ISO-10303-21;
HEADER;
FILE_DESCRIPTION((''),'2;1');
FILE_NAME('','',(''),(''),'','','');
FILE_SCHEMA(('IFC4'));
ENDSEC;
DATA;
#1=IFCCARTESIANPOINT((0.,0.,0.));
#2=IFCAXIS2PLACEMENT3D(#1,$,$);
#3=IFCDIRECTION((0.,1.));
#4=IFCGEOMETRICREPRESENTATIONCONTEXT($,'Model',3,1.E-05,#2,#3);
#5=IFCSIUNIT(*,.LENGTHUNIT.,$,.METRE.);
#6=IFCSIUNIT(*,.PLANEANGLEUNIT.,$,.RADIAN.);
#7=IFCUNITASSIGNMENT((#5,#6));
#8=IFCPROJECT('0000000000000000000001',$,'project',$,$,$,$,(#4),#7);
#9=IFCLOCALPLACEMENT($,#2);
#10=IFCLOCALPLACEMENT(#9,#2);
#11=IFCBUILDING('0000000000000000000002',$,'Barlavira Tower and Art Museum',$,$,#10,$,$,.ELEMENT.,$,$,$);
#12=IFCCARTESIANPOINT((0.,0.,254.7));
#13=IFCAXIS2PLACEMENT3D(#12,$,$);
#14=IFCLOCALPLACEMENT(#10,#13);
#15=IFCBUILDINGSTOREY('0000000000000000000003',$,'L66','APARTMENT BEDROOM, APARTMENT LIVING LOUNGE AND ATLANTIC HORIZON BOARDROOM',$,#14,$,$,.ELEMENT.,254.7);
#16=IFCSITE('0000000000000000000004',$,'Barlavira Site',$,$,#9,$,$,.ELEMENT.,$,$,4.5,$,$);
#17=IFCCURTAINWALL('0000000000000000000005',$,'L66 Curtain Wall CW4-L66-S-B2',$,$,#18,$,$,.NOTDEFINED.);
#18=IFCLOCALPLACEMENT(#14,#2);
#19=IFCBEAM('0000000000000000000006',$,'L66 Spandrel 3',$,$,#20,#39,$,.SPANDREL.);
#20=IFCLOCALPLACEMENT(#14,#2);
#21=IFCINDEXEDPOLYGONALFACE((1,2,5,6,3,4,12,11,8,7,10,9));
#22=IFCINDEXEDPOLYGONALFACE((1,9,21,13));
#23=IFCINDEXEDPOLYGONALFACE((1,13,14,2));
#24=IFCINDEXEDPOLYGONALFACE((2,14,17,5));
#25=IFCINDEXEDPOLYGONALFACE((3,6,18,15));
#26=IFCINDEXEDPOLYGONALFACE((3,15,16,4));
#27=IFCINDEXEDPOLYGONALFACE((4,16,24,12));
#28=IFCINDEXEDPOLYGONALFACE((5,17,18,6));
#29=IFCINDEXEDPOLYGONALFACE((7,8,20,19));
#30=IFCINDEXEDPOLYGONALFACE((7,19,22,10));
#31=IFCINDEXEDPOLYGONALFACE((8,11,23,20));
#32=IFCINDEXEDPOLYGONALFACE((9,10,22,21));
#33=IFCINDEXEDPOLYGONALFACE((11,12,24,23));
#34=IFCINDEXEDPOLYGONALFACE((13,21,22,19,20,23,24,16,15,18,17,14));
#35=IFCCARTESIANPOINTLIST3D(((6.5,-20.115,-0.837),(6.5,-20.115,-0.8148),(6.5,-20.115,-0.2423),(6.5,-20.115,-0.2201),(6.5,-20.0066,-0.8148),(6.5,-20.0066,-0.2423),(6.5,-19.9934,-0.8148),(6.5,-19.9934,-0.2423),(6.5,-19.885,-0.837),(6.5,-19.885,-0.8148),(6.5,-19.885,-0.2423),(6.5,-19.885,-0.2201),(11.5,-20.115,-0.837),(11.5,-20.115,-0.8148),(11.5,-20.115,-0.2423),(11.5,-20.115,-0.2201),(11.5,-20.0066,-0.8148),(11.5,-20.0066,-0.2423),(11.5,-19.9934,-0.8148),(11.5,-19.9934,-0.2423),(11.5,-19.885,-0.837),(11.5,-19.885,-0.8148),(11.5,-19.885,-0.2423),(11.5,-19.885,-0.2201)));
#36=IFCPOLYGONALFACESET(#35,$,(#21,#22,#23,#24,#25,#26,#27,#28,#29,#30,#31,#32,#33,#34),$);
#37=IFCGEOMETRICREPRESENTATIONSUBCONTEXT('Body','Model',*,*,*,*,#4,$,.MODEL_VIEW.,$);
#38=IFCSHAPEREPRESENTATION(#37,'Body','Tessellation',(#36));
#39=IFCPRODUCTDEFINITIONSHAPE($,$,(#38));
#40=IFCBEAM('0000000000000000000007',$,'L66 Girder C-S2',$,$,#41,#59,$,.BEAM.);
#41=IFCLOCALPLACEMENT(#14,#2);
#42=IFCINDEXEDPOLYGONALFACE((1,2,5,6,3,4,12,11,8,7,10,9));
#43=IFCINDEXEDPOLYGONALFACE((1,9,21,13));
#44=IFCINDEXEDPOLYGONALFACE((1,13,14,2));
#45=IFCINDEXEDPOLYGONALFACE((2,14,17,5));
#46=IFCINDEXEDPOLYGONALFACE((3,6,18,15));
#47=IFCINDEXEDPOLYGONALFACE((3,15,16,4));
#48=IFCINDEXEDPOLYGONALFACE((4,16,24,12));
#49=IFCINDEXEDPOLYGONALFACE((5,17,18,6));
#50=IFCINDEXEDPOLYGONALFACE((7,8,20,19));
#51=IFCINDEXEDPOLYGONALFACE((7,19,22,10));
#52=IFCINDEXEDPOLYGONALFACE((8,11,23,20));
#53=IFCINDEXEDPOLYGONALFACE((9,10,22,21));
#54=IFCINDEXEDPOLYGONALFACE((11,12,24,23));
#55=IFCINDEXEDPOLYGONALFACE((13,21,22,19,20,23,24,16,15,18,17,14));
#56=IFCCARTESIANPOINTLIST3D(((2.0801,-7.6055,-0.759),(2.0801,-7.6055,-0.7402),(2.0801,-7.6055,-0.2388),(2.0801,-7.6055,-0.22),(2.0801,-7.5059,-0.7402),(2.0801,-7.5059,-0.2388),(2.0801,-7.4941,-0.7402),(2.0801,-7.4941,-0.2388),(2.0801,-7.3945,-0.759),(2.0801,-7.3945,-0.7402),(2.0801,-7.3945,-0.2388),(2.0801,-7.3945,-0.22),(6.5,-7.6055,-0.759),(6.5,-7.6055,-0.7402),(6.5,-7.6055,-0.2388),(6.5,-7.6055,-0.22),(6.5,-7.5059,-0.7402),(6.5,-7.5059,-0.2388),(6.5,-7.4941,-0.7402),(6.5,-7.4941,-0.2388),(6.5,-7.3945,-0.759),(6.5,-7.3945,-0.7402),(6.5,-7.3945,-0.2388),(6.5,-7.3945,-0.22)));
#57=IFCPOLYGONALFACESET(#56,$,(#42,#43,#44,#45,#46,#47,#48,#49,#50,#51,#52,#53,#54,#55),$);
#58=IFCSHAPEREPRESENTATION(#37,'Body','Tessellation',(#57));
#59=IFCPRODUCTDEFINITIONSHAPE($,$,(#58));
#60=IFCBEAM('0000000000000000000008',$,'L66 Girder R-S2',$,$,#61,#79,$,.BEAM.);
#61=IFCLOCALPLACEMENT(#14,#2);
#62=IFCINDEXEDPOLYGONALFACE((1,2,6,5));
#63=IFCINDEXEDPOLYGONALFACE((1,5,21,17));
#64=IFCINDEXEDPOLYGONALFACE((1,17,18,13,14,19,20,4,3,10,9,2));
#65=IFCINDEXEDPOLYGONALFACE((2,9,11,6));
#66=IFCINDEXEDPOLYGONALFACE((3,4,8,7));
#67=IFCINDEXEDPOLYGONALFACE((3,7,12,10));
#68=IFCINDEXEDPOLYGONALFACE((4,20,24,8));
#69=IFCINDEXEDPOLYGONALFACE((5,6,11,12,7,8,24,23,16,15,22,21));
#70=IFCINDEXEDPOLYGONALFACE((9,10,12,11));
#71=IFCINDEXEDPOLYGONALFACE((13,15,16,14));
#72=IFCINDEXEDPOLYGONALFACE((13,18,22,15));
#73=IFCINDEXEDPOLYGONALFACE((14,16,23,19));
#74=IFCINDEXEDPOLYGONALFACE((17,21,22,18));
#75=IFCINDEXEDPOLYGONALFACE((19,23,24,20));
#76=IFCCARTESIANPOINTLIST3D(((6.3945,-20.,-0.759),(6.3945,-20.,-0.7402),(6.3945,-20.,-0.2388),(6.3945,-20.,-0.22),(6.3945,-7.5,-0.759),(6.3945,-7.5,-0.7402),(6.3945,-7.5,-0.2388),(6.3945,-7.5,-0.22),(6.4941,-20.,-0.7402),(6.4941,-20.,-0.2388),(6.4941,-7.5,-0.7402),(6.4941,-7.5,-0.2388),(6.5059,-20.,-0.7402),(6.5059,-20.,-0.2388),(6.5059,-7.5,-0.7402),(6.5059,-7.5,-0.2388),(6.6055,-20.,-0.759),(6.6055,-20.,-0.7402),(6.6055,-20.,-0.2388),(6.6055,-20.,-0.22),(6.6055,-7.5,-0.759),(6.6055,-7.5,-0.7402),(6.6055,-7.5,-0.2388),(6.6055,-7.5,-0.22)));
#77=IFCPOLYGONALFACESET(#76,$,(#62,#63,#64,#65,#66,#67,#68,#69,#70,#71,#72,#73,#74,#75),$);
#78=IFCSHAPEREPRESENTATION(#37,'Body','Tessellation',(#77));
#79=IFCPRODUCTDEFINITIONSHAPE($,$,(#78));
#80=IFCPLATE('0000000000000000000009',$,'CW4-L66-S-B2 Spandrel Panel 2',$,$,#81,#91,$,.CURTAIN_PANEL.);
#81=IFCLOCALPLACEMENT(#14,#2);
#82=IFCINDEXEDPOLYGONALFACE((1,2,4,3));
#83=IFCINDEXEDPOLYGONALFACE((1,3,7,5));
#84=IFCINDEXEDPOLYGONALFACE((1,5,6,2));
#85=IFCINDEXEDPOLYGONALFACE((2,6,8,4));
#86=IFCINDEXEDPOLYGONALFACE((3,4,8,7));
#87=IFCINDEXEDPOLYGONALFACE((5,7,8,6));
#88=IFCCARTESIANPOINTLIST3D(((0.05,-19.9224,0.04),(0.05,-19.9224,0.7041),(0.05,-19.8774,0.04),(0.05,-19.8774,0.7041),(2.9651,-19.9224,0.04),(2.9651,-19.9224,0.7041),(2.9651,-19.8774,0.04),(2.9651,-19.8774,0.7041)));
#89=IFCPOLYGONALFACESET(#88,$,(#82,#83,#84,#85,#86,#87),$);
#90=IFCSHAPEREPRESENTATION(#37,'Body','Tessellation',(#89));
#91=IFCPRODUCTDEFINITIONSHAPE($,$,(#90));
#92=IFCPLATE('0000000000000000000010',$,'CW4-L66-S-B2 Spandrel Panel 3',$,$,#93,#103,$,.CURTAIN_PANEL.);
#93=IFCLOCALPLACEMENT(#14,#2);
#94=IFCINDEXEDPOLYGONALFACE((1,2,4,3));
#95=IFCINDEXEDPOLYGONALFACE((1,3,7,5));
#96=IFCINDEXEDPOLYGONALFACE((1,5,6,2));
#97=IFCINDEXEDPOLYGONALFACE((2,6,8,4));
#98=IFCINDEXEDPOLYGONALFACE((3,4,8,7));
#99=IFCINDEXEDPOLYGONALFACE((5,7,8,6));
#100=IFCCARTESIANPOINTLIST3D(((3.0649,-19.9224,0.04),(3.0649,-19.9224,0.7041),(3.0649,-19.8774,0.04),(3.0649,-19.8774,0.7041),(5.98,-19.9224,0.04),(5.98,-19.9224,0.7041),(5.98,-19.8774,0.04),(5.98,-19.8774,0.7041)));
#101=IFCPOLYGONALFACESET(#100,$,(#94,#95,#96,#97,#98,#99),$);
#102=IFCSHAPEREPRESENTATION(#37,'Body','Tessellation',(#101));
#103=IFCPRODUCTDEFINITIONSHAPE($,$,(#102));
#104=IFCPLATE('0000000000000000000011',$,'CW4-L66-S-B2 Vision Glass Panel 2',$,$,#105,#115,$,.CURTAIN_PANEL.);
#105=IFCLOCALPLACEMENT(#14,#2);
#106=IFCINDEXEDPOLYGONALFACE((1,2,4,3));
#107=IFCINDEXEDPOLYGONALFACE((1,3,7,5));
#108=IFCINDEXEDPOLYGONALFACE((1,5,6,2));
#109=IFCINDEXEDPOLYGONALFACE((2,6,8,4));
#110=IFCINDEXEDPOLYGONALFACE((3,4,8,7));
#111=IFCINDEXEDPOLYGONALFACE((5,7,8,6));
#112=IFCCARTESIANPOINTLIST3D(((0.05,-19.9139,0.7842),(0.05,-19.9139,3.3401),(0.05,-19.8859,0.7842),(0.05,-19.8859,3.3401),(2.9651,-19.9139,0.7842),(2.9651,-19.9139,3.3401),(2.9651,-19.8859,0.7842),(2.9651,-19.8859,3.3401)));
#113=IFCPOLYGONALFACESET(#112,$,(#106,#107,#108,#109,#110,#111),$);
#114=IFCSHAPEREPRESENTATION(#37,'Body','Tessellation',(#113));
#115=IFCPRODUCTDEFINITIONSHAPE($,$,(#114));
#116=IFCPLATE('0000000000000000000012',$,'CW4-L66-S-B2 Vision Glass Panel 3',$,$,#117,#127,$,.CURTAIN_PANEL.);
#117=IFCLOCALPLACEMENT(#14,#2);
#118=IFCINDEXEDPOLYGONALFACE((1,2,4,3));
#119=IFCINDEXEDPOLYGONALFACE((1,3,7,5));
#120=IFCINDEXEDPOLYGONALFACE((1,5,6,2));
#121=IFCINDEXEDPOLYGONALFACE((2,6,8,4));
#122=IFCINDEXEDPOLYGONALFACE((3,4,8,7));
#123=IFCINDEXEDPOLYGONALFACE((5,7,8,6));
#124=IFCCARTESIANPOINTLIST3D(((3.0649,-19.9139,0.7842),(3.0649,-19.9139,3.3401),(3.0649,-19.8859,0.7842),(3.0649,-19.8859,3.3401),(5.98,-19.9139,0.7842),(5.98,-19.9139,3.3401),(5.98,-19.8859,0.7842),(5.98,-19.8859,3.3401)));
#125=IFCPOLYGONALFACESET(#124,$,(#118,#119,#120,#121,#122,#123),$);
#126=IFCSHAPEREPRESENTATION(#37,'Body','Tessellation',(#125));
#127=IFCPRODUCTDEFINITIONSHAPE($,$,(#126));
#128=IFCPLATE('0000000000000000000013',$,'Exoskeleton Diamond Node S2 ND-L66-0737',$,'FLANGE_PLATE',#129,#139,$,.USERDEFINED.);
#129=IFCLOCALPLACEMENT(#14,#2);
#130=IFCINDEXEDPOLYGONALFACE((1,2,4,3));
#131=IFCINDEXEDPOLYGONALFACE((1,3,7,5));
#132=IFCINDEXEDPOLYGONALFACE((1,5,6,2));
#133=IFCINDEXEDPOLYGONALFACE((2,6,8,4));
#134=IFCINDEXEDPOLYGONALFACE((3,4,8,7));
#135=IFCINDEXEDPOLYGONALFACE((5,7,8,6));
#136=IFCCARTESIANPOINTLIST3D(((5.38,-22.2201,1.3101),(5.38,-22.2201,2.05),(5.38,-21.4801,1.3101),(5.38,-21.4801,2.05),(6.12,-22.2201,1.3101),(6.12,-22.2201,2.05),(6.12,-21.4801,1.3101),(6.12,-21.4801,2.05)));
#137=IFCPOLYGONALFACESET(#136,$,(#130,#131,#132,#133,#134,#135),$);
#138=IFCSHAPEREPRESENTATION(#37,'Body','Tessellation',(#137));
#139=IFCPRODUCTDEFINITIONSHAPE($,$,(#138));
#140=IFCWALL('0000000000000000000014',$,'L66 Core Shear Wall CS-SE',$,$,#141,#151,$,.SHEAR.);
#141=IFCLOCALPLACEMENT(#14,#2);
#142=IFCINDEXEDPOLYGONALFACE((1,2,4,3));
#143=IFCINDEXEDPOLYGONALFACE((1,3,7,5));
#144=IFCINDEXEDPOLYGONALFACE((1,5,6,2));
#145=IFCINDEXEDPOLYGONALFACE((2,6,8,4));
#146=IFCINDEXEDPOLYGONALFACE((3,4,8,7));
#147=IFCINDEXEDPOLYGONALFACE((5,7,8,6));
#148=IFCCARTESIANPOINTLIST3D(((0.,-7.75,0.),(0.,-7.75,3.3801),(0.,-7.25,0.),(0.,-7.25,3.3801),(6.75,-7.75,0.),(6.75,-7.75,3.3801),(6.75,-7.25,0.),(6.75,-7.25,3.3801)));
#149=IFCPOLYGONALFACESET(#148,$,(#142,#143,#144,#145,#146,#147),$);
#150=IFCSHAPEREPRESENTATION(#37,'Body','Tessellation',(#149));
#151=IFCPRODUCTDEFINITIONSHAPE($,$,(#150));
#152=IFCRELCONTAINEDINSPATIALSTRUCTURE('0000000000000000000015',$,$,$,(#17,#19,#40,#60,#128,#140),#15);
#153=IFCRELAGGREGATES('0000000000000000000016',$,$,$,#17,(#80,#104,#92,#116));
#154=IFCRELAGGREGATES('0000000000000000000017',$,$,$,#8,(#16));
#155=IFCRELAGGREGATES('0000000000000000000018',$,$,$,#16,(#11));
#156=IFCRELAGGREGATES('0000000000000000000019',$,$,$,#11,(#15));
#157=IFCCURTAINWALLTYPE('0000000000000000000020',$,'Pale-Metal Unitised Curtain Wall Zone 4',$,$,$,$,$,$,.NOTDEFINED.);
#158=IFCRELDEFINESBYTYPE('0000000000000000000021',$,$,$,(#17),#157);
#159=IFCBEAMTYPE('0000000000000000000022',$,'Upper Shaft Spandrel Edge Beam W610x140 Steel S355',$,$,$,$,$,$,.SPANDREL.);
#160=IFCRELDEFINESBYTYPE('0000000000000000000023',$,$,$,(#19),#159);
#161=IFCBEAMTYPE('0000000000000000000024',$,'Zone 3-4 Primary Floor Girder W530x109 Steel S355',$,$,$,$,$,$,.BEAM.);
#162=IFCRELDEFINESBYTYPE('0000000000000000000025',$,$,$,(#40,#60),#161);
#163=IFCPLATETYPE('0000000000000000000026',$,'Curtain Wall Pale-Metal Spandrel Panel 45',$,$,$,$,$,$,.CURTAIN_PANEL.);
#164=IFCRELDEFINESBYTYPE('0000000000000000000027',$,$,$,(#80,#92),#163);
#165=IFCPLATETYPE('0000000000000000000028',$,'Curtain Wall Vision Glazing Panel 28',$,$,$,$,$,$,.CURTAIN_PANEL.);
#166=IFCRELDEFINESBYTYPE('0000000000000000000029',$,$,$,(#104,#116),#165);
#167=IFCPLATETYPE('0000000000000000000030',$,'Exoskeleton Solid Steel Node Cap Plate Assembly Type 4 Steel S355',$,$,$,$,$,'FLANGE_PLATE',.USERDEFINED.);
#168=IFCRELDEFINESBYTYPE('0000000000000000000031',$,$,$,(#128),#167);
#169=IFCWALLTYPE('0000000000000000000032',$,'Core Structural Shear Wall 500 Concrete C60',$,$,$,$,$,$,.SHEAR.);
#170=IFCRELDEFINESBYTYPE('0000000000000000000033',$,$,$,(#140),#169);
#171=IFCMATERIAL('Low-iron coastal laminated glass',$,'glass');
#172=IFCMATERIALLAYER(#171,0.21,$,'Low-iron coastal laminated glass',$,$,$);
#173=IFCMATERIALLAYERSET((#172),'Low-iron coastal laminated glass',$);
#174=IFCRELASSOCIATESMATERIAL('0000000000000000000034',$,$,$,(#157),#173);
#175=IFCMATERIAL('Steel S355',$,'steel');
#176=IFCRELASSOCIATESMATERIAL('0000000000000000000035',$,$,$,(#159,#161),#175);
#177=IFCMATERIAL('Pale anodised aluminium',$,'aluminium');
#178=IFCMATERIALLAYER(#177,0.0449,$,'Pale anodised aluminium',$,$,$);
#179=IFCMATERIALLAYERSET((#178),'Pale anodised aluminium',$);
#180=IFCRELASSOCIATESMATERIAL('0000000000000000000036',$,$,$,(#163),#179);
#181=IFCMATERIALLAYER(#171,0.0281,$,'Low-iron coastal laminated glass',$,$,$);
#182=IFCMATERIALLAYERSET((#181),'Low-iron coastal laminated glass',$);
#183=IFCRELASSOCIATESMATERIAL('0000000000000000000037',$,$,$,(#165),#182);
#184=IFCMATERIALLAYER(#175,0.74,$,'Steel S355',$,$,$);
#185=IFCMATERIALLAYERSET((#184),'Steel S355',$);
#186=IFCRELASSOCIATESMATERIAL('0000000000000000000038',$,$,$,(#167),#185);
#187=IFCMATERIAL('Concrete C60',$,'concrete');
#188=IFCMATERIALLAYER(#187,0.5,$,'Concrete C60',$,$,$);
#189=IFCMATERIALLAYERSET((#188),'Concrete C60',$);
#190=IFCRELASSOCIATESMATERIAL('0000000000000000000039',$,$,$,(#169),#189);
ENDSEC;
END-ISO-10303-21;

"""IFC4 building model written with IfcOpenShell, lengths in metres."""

from ifc_helpers import new_model, si_unit, direction, frame, frame_2d, origin, origin_2d, place, context, subcontext, project, spatial, rectangle, i_section, extrude, material, layer, layer_set, material_profile, profile_set, type_object, element, aggregate, save


model = new_model("IFC4")

# Units and contexts
model_context = context("Model", 3, precision=1e-05, world=origin(), true_north=direction((0.0, 1.0)))
body_context = subcontext(model_context, "Body", "Model", "MODEL_VIEW")
ifc_project = project(units=[si_unit("LENGTHUNIT", "METRE"), si_unit("PLANEANGLEUNIT", "RADIAN")], contexts=[model_context])

# Site, building, storey
site_placement = place(None, origin())
site = spatial("IfcSite", under=ifc_project, at=site_placement, Name="Barlavira Site", CompositionType="ELEMENT", RefElevation=4.5)
building_placement = place(site_placement, origin())
building = spatial("IfcBuilding", under=site, at=building_placement, Name="Barlavira Tower and Art Museum", CompositionType="ELEMENT")
storey_placement = place(building_placement, frame((0.0, 0.0, 254.7)))
storey = spatial("IfcBuildingStorey", under=building, at=storey_placement, Name="L66", Description="APARTMENT BEDROOM, APARTMENT LIVING LOUNGE AND ATLANTIC HORIZON BOARDROOM", CompositionType="ELEMENT", Elevation=254.7)

# Shared definitions
ifc_material_1 = material(Name="Steel S355", Category="steel")

# Curtain wall
ifc_material_2 = material(Name="Low-iron coastal laminated glass", Category="glass")
ifc_layer_1 = layer(ifc_material_2, 0.21, Name="Low-iron coastal laminated glass")
ifc_layer_set_1 = layer_set([ifc_layer_1], Name="Low-iron coastal laminated glass")
curtain_wall_type = type_object("IfcCurtainWallType", Name="Pale-Metal Unitised Curtain Wall Zone 4", PredefinedType="NOTDEFINED", material=ifc_layer_set_1)
curtain_wall_placement = place(storey_placement, origin())
curtain_wall = element("IfcCurtainWall", 1, at=curtain_wall_placement, inside=storey, type_object=curtain_wall_type, Name="L66 Curtain Wall CW4-L66-S-B2", PredefinedType="NOTDEFINED")
ifc_material_3 = material(Name="Pale anodised aluminium", Category="aluminium")

# Beams
ifc_material_profile_1 = material_profile(ifc_material_1, i_section(OverallWidth=0.23, OverallDepth=0.6169, WebThickness=0.0132, FlangeThickness=0.0222, at=origin_2d()), Name="W610x140.0")
ifc_profile_set_1 = profile_set([ifc_material_profile_1], Name="Steel S355")
beam_type_1 = type_object("IfcBeamType", Name="Upper Shaft Spandrel Edge Beam W610x140 Steel S355", PredefinedType="SPANDREL", material=ifc_profile_set_1)
beam_1_placement = place(storey_placement, frame((6.5, -20.0, -0.5286), z_axis=(1.0, 0.0, 0.0), x_axis=(0.0, 1.0, 0.0)))
element("IfcBeam", 2, at=beam_1_placement, inside=storey, type_object=beam_type_1, Name="L66 Spandrel 3", PredefinedType="SPANDREL", context=body_context, shape_type="SweptSolid", body=[
    extrude(i_section(OverallWidth=0.23, OverallDepth=0.6169, WebThickness=0.0132, FlangeThickness=0.0222, at=origin_2d()), origin(), (0.0, 0.0, 1.0), 5.0),
])
ifc_material_profile_2 = material_profile(ifc_material_1, i_section(OverallWidth=0.2109, OverallDepth=0.5391, WebThickness=0.0117, FlangeThickness=0.0188, at=origin_2d()), Name="W530x109.0")
ifc_profile_set_2 = profile_set([ifc_material_profile_2], Name="Steel S355")
beam_type_2 = type_object("IfcBeamType", Name="Zone 3-4 Primary Floor Girder W530x109 Steel S355", PredefinedType="BEAM", material=ifc_profile_set_2)
beam_2_placement = place(storey_placement, frame((2.0801, -7.5, -0.4895), z_axis=(1.0, 0.0, 0.0), x_axis=(0.0, 1.0, 0.0)))
element("IfcBeam", 3, at=beam_2_placement, inside=storey, type_object=beam_type_2, Name="L66 Girder C-S2", PredefinedType="BEAM", context=body_context, shape_type="SweptSolid", body=[
    extrude(i_section(OverallWidth=0.2109, OverallDepth=0.5391, WebThickness=0.0117, FlangeThickness=0.0188, at=origin_2d()), origin(), (0.0, 0.0, 1.0), 4.4199),
])
beam_3_placement = place(storey_placement, frame((6.5, -20.0, -0.4895), z_axis=(0.0, 1.0, 0.0), x_axis=(-1.0, 0.0, 0.0)))
element("IfcBeam", 4, at=beam_3_placement, inside=storey, type_object=beam_type_2, Name="L66 Girder R-S2", PredefinedType="BEAM", context=body_context, shape_type="SweptSolid", body=[
    extrude(i_section(OverallWidth=0.2109, OverallDepth=0.5391, WebThickness=0.0117, FlangeThickness=0.0188, at=origin_2d()), origin(), (0.0, 0.0, 1.0), 12.5),
])

# Plates
ifc_layer_2 = layer(ifc_material_3, 0.0449, Name="Pale anodised aluminium")
ifc_layer_set_2 = layer_set([ifc_layer_2], Name="Pale anodised aluminium")
plate_type_1 = type_object("IfcPlateType", Name="Curtain Wall Pale-Metal Spandrel Panel 45", PredefinedType="CURTAIN_PANEL", material=ifc_layer_set_2)
plate_1_placement = place(storey_placement, frame((1.5076, -19.8999, 0.04), z_axis=(0.0, 0.0, 1.0), x_axis=(1.0, 0.0, 0.0)))
plate_1 = element("IfcPlate", 5, at=plate_1_placement, type_object=plate_type_1, Name="CW4-L66-S-B2 Spandrel Panel 2", PredefinedType="CURTAIN_PANEL", context=body_context, shape_type="SweptSolid", body=[
    extrude(rectangle(XDim=2.915, YDim=0.0449, at=origin_2d()), origin(), (0.0, 0.0, 1.0), 0.6641),
])
plate_2_placement = place(storey_placement, frame((4.5225, -19.8999, 0.04), z_axis=(0.0, 0.0, 1.0), x_axis=(1.0, 0.0, 0.0)))
plate_2 = element("IfcPlate", 6, at=plate_2_placement, type_object=plate_type_1, Name="CW4-L66-S-B2 Spandrel Panel 3", PredefinedType="CURTAIN_PANEL", context=body_context, shape_type="SweptSolid", body=[
    extrude(rectangle(XDim=2.915, YDim=0.0449, at=origin_2d()), origin(), (0.0, 0.0, 1.0), 0.6641),
])
ifc_layer_3 = layer(ifc_material_2, 0.0281, Name="Low-iron coastal laminated glass")
ifc_layer_set_3 = layer_set([ifc_layer_3], Name="Low-iron coastal laminated glass")
plate_type_2 = type_object("IfcPlateType", Name="Curtain Wall Vision Glazing Panel 28", PredefinedType="CURTAIN_PANEL", material=ifc_layer_set_3)
plate_3_placement = place(storey_placement, frame((1.5076, -19.8999, 0.7842), z_axis=(0.0, 0.0, 1.0), x_axis=(1.0, 0.0, 0.0)))
plate_3 = element("IfcPlate", 7, at=plate_3_placement, type_object=plate_type_2, Name="CW4-L66-S-B2 Vision Glass Panel 2", PredefinedType="CURTAIN_PANEL", context=body_context, shape_type="SweptSolid", body=[
    extrude(rectangle(XDim=2.915, YDim=0.0281, at=origin_2d()), origin(), (0.0, 0.0, 1.0), 2.5559),
])
plate_4_placement = place(storey_placement, frame((4.5225, -19.8999, 0.7842), z_axis=(0.0, 0.0, 1.0), x_axis=(1.0, 0.0, 0.0)))
plate_4 = element("IfcPlate", 8, at=plate_4_placement, type_object=plate_type_2, Name="CW4-L66-S-B2 Vision Glass Panel 3", PredefinedType="CURTAIN_PANEL", context=body_context, shape_type="SweptSolid", body=[
    extrude(rectangle(XDim=2.915, YDim=0.0281, at=origin_2d()), origin(), (0.0, 0.0, 1.0), 2.5559),
])
aggregate(curtain_wall, [plate_1, plate_3, plate_2, plate_4])
ifc_layer_4 = layer(ifc_material_1, 0.74, Name="Steel S355")
ifc_layer_set_4 = layer_set([ifc_layer_4], Name="Steel S355")
plate_type_3 = type_object("IfcPlateType", Name="Exoskeleton Solid Steel Node Cap Plate Assembly Type 4 Steel S355", ElementType="FLANGE_PLATE", PredefinedType="USERDEFINED", material=ifc_layer_set_4)
plate_5_placement = place(storey_placement, frame((5.75, -21.8501, 1.3101), z_axis=(0.0, 0.0, 1.0), x_axis=(1.0, 0.0, 0.0)))
element("IfcPlate", 9, at=plate_5_placement, inside=storey, type_object=plate_type_3, Name="Exoskeleton Diamond Node S2 ND-L66-0737", ObjectType="FLANGE_PLATE", PredefinedType="USERDEFINED", context=body_context, shape_type="SweptSolid", body=[
    extrude(rectangle(XDim=0.74, YDim=0.74, at=origin_2d()), origin(), (0.0, 0.0, 1.0), 0.74),
])

# Wall
ifc_material_4 = material(Name="Concrete C60", Category="concrete")
ifc_layer_5 = layer(ifc_material_4, 0.5, Name="Concrete C60")
ifc_layer_set_5 = layer_set([ifc_layer_5], Name="Concrete C60")
wall_type = type_object("IfcWallType", Name="Core Structural Shear Wall 500 Concrete C60", PredefinedType="SHEAR", material=ifc_layer_set_5)
wall_placement = place(storey_placement, frame((0.0, -7.5, 0.0), z_axis=(0.0, 0.0, 1.0), x_axis=(1.0, 0.0, 0.0)))
element("IfcWall", 10, at=wall_placement, inside=storey, type_object=wall_type, Name="L66 Core Shear Wall CS-SE", PredefinedType="SHEAR", context=body_context, shape_type="SweptSolid", body=[
    extrude(rectangle(XDim=6.75, YDim=0.5, at=frame_2d((3.375, 0.0))), origin(), (0.0, 0.0, 1.0), 3.3801),
])

save(model, "model.ifc")
